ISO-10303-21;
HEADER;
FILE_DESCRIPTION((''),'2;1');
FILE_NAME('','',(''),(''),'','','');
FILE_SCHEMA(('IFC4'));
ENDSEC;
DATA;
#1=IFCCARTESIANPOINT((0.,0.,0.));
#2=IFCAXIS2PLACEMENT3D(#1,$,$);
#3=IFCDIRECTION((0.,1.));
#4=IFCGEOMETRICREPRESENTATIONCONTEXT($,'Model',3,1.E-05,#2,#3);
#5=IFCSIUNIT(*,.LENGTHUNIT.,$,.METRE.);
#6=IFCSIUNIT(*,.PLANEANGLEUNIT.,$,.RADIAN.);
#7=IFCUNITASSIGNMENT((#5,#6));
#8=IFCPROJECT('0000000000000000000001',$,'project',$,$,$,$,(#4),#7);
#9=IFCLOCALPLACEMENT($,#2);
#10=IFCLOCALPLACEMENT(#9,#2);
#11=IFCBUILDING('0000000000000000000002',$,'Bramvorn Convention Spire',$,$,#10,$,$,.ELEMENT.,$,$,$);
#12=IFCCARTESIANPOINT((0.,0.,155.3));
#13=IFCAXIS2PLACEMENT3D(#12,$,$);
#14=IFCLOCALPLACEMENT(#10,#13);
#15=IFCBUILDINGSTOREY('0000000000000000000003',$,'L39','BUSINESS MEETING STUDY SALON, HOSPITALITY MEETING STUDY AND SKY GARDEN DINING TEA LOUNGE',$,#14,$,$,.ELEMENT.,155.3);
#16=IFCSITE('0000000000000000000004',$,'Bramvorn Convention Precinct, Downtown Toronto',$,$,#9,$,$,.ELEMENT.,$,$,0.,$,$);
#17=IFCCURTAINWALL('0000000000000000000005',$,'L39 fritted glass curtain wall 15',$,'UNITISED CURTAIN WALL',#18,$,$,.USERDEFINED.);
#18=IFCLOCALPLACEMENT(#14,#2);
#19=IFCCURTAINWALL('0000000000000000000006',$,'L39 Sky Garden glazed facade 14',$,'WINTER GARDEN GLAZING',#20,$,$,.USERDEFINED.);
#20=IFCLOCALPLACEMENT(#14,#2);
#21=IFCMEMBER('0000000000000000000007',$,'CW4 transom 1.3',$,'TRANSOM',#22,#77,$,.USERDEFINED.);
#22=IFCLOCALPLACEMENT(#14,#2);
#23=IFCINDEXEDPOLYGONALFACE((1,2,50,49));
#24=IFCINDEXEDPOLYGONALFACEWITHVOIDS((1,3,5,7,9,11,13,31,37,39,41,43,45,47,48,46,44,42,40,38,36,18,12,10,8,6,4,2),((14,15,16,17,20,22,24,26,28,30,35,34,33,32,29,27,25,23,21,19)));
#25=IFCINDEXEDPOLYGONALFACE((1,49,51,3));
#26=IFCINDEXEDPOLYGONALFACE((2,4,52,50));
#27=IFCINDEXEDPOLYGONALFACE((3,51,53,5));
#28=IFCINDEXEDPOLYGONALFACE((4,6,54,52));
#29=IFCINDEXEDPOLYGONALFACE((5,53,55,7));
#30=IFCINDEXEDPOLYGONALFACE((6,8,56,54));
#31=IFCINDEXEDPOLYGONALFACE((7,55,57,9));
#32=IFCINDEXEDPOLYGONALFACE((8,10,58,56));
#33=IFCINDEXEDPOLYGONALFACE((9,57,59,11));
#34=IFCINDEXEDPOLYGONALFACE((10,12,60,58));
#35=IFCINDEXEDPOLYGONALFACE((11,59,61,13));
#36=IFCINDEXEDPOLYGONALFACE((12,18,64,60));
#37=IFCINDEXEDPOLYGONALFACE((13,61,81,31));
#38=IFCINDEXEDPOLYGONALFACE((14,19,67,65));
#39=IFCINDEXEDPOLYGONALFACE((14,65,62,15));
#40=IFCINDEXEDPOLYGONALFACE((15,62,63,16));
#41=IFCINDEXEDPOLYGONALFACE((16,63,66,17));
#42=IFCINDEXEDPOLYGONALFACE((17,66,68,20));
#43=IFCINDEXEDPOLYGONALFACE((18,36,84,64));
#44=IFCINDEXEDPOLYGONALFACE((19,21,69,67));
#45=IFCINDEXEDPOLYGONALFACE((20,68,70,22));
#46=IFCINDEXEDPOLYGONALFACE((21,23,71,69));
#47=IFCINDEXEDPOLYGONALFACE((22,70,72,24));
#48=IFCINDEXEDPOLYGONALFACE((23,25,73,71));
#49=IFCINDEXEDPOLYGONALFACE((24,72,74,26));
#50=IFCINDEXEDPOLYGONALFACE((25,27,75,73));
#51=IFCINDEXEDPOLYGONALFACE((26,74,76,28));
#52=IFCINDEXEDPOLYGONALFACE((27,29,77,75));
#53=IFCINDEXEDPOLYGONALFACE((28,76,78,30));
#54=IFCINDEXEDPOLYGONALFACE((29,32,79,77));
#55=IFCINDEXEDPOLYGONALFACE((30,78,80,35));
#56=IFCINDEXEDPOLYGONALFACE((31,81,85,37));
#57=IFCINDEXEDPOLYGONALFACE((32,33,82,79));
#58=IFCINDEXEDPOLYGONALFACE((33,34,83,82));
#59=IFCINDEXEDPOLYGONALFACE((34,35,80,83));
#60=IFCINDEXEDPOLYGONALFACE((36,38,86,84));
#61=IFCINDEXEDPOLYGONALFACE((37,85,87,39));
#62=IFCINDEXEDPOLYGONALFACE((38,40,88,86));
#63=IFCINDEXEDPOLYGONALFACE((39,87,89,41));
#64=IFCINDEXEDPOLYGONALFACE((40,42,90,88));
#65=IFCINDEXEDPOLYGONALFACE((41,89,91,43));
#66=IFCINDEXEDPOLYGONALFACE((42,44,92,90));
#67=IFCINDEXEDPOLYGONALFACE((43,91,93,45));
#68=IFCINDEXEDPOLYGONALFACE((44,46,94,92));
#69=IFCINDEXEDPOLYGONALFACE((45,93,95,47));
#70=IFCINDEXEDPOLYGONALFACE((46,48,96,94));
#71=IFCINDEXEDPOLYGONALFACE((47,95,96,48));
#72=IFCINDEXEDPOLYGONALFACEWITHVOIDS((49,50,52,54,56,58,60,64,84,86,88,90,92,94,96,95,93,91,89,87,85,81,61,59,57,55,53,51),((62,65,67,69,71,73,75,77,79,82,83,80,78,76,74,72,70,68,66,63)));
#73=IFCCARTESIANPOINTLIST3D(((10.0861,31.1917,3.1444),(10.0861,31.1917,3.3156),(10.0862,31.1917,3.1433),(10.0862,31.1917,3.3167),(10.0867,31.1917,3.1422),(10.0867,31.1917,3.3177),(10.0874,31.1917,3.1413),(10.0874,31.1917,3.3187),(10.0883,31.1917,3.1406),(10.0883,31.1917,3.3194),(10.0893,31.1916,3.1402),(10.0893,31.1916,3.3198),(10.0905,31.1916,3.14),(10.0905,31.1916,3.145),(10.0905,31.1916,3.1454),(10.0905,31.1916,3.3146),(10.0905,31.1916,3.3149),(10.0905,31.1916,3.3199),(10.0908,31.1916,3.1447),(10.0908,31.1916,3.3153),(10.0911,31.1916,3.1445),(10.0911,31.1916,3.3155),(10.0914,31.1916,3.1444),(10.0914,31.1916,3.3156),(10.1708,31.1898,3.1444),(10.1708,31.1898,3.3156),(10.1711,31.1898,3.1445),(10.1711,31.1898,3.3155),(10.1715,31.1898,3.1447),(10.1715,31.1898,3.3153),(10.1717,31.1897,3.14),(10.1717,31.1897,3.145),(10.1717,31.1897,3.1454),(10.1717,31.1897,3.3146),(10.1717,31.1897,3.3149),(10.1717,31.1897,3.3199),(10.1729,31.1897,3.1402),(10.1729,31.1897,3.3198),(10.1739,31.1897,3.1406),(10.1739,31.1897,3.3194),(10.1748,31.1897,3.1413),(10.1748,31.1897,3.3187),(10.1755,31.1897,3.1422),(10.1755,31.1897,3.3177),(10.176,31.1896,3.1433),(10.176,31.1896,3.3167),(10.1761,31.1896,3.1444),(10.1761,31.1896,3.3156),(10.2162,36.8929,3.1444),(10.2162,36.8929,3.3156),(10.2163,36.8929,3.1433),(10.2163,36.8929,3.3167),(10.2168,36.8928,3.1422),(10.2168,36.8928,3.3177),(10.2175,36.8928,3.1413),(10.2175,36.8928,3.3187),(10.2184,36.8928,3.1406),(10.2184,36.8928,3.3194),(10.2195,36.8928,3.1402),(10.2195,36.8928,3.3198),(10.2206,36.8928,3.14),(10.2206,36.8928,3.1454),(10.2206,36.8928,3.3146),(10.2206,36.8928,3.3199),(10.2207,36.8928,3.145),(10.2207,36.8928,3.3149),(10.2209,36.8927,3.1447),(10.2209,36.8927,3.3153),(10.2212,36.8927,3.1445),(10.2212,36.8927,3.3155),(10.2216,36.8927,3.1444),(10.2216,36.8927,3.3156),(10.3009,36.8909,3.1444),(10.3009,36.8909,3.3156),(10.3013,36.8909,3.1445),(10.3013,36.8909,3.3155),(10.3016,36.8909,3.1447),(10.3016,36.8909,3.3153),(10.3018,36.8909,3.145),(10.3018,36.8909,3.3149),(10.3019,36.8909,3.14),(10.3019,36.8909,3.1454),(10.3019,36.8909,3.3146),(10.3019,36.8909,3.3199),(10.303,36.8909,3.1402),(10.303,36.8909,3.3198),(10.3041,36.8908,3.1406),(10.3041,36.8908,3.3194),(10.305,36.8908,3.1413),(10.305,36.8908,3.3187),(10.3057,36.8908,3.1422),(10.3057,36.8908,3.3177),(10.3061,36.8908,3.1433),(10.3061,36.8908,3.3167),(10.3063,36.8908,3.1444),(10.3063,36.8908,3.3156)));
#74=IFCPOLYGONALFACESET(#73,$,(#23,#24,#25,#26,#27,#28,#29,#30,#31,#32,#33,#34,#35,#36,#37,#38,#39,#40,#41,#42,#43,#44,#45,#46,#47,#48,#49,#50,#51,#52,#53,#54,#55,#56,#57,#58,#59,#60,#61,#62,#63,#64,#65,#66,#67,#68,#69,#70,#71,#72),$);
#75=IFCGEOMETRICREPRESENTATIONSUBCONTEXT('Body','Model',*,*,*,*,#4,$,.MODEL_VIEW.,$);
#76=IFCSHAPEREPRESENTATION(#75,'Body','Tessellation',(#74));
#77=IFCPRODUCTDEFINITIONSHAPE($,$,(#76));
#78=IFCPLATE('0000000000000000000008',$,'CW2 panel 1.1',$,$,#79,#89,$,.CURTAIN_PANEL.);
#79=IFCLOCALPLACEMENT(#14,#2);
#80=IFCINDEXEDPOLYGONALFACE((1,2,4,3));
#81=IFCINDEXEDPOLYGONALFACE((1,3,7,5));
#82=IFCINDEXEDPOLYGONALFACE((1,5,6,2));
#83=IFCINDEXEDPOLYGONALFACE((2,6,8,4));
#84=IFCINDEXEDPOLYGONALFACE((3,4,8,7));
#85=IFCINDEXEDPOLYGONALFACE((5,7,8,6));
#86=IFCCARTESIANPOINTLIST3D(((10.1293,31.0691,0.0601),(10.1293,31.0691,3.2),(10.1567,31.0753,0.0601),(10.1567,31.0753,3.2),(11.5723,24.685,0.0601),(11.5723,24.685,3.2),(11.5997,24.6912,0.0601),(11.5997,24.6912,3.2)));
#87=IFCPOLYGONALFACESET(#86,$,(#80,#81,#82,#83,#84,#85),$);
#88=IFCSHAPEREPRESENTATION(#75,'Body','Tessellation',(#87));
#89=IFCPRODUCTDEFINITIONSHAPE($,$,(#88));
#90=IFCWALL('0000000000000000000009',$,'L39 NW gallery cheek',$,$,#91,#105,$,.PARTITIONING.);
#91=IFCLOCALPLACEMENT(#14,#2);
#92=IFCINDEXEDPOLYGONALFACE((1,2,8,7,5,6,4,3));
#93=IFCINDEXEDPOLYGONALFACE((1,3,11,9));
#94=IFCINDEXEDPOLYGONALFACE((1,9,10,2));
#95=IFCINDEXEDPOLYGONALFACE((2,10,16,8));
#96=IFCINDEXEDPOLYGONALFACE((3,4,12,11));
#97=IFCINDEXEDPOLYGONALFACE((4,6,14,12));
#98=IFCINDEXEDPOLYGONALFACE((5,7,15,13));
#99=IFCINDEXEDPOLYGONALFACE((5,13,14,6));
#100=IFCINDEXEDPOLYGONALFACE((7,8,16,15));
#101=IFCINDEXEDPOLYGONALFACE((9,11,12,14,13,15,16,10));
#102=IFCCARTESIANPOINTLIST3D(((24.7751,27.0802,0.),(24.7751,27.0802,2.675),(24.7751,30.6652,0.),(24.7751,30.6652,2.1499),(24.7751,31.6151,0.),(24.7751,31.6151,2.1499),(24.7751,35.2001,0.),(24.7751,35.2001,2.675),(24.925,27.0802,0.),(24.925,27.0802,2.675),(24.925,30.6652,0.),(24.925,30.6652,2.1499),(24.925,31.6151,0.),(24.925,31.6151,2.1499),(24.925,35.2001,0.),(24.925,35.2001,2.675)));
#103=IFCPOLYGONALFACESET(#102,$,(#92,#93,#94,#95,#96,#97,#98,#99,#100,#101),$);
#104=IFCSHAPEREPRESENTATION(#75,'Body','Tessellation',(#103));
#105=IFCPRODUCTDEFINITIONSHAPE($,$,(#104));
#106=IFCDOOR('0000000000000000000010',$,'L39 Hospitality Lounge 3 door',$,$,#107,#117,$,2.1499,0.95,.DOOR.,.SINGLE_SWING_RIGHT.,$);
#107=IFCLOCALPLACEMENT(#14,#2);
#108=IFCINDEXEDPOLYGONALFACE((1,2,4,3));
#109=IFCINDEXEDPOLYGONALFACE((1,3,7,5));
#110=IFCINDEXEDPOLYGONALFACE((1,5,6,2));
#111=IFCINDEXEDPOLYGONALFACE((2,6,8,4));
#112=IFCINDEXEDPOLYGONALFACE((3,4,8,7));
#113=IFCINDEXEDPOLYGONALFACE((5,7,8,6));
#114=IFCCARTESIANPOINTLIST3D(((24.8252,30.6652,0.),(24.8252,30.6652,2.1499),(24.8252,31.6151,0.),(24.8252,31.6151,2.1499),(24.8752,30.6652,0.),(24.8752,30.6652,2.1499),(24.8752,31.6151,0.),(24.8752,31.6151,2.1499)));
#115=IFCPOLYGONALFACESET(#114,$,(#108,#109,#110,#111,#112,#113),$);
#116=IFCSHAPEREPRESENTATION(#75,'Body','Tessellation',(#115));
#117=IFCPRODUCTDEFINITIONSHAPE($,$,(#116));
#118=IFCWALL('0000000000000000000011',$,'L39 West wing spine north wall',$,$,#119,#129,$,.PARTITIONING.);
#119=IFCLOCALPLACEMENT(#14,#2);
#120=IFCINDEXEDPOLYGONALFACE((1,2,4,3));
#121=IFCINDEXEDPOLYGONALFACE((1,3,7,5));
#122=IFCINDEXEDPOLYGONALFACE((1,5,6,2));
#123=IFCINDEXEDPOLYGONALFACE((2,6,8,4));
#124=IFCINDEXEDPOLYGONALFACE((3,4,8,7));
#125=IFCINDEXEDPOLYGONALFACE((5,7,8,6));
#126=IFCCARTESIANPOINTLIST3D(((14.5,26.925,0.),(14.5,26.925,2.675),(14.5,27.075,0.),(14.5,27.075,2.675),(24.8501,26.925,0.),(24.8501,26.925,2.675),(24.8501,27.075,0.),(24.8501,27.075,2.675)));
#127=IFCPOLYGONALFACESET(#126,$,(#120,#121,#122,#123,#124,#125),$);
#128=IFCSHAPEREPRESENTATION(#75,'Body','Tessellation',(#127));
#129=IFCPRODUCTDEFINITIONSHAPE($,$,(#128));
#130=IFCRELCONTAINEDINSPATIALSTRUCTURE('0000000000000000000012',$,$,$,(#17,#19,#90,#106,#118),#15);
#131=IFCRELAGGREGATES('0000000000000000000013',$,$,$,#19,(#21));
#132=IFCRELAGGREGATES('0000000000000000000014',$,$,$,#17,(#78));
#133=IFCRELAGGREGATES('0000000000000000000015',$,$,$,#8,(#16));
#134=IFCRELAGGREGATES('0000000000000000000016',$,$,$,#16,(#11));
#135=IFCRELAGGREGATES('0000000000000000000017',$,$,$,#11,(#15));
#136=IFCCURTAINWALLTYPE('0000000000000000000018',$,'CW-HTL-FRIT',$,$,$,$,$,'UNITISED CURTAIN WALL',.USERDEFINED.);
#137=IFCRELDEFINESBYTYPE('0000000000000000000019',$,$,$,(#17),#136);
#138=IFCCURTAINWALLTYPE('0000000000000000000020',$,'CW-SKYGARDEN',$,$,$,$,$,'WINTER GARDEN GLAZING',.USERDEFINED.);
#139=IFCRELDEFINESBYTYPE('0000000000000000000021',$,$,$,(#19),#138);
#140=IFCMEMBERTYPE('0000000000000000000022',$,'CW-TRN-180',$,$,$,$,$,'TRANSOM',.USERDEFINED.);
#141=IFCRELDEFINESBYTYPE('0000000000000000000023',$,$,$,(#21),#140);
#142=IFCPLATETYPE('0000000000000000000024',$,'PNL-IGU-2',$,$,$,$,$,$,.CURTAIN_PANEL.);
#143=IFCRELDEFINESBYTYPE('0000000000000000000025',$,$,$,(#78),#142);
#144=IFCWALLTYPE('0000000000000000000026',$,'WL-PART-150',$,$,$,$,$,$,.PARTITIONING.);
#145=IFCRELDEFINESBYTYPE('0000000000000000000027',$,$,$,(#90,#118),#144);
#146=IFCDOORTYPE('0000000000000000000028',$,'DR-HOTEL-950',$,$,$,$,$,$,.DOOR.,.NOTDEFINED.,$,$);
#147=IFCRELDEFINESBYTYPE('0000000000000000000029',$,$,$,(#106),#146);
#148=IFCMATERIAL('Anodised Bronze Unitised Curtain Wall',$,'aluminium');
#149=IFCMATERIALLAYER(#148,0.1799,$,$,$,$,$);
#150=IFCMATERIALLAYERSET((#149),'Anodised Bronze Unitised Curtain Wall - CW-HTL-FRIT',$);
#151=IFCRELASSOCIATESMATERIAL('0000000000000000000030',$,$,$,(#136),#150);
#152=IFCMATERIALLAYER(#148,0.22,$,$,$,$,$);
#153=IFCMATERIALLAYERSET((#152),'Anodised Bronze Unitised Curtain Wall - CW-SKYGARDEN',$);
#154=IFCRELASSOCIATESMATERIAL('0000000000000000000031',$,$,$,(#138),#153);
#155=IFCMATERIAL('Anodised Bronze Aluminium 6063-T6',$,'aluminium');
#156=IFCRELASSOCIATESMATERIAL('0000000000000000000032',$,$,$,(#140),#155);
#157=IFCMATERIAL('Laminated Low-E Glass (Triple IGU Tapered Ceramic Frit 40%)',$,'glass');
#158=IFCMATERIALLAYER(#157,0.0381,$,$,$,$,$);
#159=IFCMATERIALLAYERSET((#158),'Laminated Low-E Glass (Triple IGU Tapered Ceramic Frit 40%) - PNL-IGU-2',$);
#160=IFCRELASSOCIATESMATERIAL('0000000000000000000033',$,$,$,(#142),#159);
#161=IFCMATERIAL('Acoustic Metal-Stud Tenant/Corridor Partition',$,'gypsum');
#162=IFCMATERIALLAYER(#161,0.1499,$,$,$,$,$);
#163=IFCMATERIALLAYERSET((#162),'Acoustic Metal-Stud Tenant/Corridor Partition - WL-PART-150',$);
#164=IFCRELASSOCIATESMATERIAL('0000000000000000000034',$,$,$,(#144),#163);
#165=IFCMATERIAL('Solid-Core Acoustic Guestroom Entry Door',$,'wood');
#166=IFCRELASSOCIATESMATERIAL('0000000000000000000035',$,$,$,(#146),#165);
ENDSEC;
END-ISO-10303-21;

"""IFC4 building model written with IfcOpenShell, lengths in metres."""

from ifc_helpers import new_model, si_unit, direction, frame, frame_2d, origin, origin_2d, place, context, subcontext, project, spatial, rectangle, hollow_rectangle, extrude, material, layer, layer_set, material_profile, profile_set, type_object, element, fill, aggregate, save


model = new_model("IFC4")

# Units and contexts
model_context = context("Model", 3, precision=1e-05, world=origin(), true_north=direction((0.0, 1.0)))
body_context = subcontext(model_context, "Body", "Model", "MODEL_VIEW")
ifc_project = project(units=[si_unit("LENGTHUNIT", "METRE"), si_unit("PLANEANGLEUNIT", "RADIAN")], contexts=[model_context])

# Site, building, storey
site_placement = place(None, origin())
site = spatial("IfcSite", under=ifc_project, at=site_placement, Name="Bramvorn Convention Precinct, Downtown Toronto", CompositionType="ELEMENT", RefElevation=0.0)
building_placement = place(site_placement, origin())
building = spatial("IfcBuilding", under=site, at=building_placement, Name="Bramvorn Convention Spire", CompositionType="ELEMENT")
storey_placement = place(building_placement, frame((0.0, 0.0, 155.3)))
storey = spatial("IfcBuildingStorey", under=building, at=storey_placement, Name="L39", Description="BUSINESS MEETING STUDY SALON, HOSPITALITY MEETING STUDY AND SKY GARDEN DINING TEA LOUNGE", CompositionType="ELEMENT", Elevation=155.3)

# Curtain wall
ifc_material_1 = material(Name="Anodised Bronze Unitised Curtain Wall", Category="aluminium")
ifc_layer_1 = layer(ifc_material_1, 0.1799)
ifc_layer_set_1 = layer_set([ifc_layer_1], Name="Anodised Bronze Unitised Curtain Wall - CW-HTL-FRIT")
curtain_wall_type_1 = type_object("IfcCurtainWallType", Name="CW-HTL-FRIT", ElementType="UNITISED CURTAIN WALL", PredefinedType="USERDEFINED", material=ifc_layer_set_1)
curtain_wall_1_placement = place(storey_placement, origin())
curtain_wall_1 = element("IfcCurtainWall", 1, at=curtain_wall_1_placement, inside=storey, type_object=curtain_wall_type_1, Name="L39 fritted glass curtain wall 15", ObjectType="UNITISED CURTAIN WALL", PredefinedType="USERDEFINED")
ifc_material_2 = material(Name="Anodised Bronze Aluminium 6063-T6", Category="aluminium")

# Curtain wall, member
ifc_layer_2 = layer(ifc_material_1, 0.22)
ifc_layer_set_2 = layer_set([ifc_layer_2], Name="Anodised Bronze Unitised Curtain Wall - CW-SKYGARDEN")
curtain_wall_type_2 = type_object("IfcCurtainWallType", Name="CW-SKYGARDEN", ElementType="WINTER GARDEN GLAZING", PredefinedType="USERDEFINED", material=ifc_layer_set_2)
curtain_wall_2_placement = place(storey_placement, origin())
curtain_wall_2 = element("IfcCurtainWall", 2, at=curtain_wall_2_placement, inside=storey, type_object=curtain_wall_type_2, Name="L39 Sky Garden glazed facade 14", ObjectType="WINTER GARDEN GLAZING", PredefinedType="USERDEFINED")
ifc_material_profile_1 = material_profile(ifc_material_2, hollow_rectangle(XDim=0.0901, YDim=0.1799, WallThickness=0.0044, InnerFilletRadius=0.001, OuterFilletRadius=0.0044, at=origin_2d()))
ifc_profile_set_1 = profile_set([ifc_material_profile_1], Name="Anodised Bronze Aluminium 6063-T6 - CWT90X180")
member_type_1 = type_object("IfcMemberType", Name="CW-TRN-180", ElementType="TRANSOM", PredefinedType="USERDEFINED", material=ifc_profile_set_1)
member_1_placement = place(storey_placement, frame((10.1311, 31.1907, 3.23), z_axis=(0.022819, 0.99974, 0.0), x_axis=(-0.99974, 0.022819, 0.0)))
member_1 = element("IfcMember", 3, at=member_1_placement, type_object=member_type_1, Name="CW4 transom 1.3", ObjectType="TRANSOM", PredefinedType="USERDEFINED", context=body_context, shape_type="SweptSolid", body=[
    extrude(hollow_rectangle(XDim=0.0901, YDim=0.1799, WallThickness=0.0044, InnerFilletRadius=0.001, OuterFilletRadius=0.0044, at=origin_2d()), origin(), (0.0, 0.0, 1.0), 5.7026),
])
aggregate(curtain_wall_2, [member_1])

# Plate
ifc_material_3 = material(Name="Laminated Low-E Glass (Triple IGU Tapered Ceramic Frit 40%)", Category="glass")
ifc_layer_3 = layer(ifc_material_3, 0.0381)
ifc_layer_set_3 = layer_set([ifc_layer_3], Name="Laminated Low-E Glass (Triple IGU Tapered Ceramic Frit 40%) - PNL-IGU-2")
plate_type = type_object("IfcPlateType", Name="PNL-IGU-2", PredefinedType="CURTAIN_PANEL", material=ifc_layer_set_3)
plate_placement = place(storey_placement, frame((10.8645, 27.8801, 0.0601), z_axis=(0.0, 0.0, 1.0), x_axis=(-0.220476, 0.975392, 0.0)))
plate = element("IfcPlate", 4, at=plate_placement, type_object=plate_type, Name="CW2 panel 1.1", PredefinedType="CURTAIN_PANEL", context=body_context, shape_type="SweptSolid", body=[
    extrude(rectangle(XDim=6.5452, YDim=0.0281, at=origin_2d()), origin(), (0.0, 0.0, 1.0), 3.1399),
])
aggregate(curtain_wall_1, [plate])

# Wall, opening, door
ifc_material_4 = material(Name="Acoustic Metal-Stud Tenant/Corridor Partition", Category="gypsum")
ifc_layer_4 = layer(ifc_material_4, 0.1499)
ifc_layer_set_4 = layer_set([ifc_layer_4], Name="Acoustic Metal-Stud Tenant/Corridor Partition - WL-PART-150")
wall_type_1 = type_object("IfcWallType", Name="WL-PART-150", PredefinedType="PARTITIONING", material=ifc_layer_set_4)
wall_1_placement = place(storey_placement, frame((24.8501, 27.0801, 0.0), z_axis=(0.0, 0.0, 1.0), x_axis=(0.0, 1.0, 0.0)))
wall_1 = element("IfcWall", 5, at=wall_1_placement, inside=storey, type_object=wall_type_1, Name="L39 NW gallery cheek", PredefinedType="PARTITIONING", context=body_context, shape_type="SweptSolid", body=[
    extrude(rectangle(XDim=8.1199, YDim=0.1499, at=frame_2d((4.0601, 0.0))), origin(), (0.0, 0.0, 1.0), 2.675),
])
opening_1_placement = place(wall_1_placement, frame((3.585, 0.0, 0.0)))
opening_1 = element("IfcOpeningElement", 6, at=opening_1_placement, cuts=wall_1, PredefinedType="OPENING", context=body_context, shape_type="SweptSolid", body=[
    extrude(rectangle(XDim=0.95, YDim=2.1499, at=frame_2d((0.4751, 1.075))), frame((0.0, 0.085, 0.0), z_axis=(0.0, -1.0, 0.0), x_axis=(1.0, 0.0, 0.0)), (0.0, 0.0, 1.0), 0.1699),
])
ifc_material_5 = material(Name="Solid-Core Acoustic Guestroom Entry Door", Category="wood")
door_type_1 = type_object("IfcDoorType", Name="DR-HOTEL-950", OperationType="NOTDEFINED", PredefinedType="DOOR", material=ifc_material_5)
door_1_placement = place(opening_1_placement, origin())
door_1 = element("IfcDoor", 7, at=door_1_placement, inside=storey, type_object=door_type_1, Name="L39 Hospitality Lounge 3 door", OperationType="SINGLE_SWING_RIGHT", OverallHeight=2.1499, OverallWidth=0.95, PredefinedType="DOOR", context=body_context, shape_type="SweptSolid", body=[
    extrude(rectangle(XDim=0.95, YDim=2.1499, at=frame_2d((0.4751, 1.075))), frame((0.0, 0.0249, 0.0), z_axis=(0.0, -1.0, 0.0), x_axis=(1.0, 0.0, 0.0)), (0.0, 0.0, 1.0), 0.05),
])
fill(opening_1, door_1)

# Wall
wall_2_placement = place(storey_placement, frame((14.5, 27.0, 0.0), z_axis=(0.0, 0.0, 1.0), x_axis=(1.0, 0.0, 0.0)))
element("IfcWall", 8, at=wall_2_placement, inside=storey, type_object=wall_type_1, Name="L39 West wing spine north wall", PredefinedType="PARTITIONING", context=body_context, shape_type="SweptSolid", body=[
    extrude(rectangle(XDim=10.3501, YDim=0.1499, at=frame_2d((5.175, 0.0))), origin(), (0.0, 0.0, 1.0), 2.675),
])

save(model, "model.ifc")
